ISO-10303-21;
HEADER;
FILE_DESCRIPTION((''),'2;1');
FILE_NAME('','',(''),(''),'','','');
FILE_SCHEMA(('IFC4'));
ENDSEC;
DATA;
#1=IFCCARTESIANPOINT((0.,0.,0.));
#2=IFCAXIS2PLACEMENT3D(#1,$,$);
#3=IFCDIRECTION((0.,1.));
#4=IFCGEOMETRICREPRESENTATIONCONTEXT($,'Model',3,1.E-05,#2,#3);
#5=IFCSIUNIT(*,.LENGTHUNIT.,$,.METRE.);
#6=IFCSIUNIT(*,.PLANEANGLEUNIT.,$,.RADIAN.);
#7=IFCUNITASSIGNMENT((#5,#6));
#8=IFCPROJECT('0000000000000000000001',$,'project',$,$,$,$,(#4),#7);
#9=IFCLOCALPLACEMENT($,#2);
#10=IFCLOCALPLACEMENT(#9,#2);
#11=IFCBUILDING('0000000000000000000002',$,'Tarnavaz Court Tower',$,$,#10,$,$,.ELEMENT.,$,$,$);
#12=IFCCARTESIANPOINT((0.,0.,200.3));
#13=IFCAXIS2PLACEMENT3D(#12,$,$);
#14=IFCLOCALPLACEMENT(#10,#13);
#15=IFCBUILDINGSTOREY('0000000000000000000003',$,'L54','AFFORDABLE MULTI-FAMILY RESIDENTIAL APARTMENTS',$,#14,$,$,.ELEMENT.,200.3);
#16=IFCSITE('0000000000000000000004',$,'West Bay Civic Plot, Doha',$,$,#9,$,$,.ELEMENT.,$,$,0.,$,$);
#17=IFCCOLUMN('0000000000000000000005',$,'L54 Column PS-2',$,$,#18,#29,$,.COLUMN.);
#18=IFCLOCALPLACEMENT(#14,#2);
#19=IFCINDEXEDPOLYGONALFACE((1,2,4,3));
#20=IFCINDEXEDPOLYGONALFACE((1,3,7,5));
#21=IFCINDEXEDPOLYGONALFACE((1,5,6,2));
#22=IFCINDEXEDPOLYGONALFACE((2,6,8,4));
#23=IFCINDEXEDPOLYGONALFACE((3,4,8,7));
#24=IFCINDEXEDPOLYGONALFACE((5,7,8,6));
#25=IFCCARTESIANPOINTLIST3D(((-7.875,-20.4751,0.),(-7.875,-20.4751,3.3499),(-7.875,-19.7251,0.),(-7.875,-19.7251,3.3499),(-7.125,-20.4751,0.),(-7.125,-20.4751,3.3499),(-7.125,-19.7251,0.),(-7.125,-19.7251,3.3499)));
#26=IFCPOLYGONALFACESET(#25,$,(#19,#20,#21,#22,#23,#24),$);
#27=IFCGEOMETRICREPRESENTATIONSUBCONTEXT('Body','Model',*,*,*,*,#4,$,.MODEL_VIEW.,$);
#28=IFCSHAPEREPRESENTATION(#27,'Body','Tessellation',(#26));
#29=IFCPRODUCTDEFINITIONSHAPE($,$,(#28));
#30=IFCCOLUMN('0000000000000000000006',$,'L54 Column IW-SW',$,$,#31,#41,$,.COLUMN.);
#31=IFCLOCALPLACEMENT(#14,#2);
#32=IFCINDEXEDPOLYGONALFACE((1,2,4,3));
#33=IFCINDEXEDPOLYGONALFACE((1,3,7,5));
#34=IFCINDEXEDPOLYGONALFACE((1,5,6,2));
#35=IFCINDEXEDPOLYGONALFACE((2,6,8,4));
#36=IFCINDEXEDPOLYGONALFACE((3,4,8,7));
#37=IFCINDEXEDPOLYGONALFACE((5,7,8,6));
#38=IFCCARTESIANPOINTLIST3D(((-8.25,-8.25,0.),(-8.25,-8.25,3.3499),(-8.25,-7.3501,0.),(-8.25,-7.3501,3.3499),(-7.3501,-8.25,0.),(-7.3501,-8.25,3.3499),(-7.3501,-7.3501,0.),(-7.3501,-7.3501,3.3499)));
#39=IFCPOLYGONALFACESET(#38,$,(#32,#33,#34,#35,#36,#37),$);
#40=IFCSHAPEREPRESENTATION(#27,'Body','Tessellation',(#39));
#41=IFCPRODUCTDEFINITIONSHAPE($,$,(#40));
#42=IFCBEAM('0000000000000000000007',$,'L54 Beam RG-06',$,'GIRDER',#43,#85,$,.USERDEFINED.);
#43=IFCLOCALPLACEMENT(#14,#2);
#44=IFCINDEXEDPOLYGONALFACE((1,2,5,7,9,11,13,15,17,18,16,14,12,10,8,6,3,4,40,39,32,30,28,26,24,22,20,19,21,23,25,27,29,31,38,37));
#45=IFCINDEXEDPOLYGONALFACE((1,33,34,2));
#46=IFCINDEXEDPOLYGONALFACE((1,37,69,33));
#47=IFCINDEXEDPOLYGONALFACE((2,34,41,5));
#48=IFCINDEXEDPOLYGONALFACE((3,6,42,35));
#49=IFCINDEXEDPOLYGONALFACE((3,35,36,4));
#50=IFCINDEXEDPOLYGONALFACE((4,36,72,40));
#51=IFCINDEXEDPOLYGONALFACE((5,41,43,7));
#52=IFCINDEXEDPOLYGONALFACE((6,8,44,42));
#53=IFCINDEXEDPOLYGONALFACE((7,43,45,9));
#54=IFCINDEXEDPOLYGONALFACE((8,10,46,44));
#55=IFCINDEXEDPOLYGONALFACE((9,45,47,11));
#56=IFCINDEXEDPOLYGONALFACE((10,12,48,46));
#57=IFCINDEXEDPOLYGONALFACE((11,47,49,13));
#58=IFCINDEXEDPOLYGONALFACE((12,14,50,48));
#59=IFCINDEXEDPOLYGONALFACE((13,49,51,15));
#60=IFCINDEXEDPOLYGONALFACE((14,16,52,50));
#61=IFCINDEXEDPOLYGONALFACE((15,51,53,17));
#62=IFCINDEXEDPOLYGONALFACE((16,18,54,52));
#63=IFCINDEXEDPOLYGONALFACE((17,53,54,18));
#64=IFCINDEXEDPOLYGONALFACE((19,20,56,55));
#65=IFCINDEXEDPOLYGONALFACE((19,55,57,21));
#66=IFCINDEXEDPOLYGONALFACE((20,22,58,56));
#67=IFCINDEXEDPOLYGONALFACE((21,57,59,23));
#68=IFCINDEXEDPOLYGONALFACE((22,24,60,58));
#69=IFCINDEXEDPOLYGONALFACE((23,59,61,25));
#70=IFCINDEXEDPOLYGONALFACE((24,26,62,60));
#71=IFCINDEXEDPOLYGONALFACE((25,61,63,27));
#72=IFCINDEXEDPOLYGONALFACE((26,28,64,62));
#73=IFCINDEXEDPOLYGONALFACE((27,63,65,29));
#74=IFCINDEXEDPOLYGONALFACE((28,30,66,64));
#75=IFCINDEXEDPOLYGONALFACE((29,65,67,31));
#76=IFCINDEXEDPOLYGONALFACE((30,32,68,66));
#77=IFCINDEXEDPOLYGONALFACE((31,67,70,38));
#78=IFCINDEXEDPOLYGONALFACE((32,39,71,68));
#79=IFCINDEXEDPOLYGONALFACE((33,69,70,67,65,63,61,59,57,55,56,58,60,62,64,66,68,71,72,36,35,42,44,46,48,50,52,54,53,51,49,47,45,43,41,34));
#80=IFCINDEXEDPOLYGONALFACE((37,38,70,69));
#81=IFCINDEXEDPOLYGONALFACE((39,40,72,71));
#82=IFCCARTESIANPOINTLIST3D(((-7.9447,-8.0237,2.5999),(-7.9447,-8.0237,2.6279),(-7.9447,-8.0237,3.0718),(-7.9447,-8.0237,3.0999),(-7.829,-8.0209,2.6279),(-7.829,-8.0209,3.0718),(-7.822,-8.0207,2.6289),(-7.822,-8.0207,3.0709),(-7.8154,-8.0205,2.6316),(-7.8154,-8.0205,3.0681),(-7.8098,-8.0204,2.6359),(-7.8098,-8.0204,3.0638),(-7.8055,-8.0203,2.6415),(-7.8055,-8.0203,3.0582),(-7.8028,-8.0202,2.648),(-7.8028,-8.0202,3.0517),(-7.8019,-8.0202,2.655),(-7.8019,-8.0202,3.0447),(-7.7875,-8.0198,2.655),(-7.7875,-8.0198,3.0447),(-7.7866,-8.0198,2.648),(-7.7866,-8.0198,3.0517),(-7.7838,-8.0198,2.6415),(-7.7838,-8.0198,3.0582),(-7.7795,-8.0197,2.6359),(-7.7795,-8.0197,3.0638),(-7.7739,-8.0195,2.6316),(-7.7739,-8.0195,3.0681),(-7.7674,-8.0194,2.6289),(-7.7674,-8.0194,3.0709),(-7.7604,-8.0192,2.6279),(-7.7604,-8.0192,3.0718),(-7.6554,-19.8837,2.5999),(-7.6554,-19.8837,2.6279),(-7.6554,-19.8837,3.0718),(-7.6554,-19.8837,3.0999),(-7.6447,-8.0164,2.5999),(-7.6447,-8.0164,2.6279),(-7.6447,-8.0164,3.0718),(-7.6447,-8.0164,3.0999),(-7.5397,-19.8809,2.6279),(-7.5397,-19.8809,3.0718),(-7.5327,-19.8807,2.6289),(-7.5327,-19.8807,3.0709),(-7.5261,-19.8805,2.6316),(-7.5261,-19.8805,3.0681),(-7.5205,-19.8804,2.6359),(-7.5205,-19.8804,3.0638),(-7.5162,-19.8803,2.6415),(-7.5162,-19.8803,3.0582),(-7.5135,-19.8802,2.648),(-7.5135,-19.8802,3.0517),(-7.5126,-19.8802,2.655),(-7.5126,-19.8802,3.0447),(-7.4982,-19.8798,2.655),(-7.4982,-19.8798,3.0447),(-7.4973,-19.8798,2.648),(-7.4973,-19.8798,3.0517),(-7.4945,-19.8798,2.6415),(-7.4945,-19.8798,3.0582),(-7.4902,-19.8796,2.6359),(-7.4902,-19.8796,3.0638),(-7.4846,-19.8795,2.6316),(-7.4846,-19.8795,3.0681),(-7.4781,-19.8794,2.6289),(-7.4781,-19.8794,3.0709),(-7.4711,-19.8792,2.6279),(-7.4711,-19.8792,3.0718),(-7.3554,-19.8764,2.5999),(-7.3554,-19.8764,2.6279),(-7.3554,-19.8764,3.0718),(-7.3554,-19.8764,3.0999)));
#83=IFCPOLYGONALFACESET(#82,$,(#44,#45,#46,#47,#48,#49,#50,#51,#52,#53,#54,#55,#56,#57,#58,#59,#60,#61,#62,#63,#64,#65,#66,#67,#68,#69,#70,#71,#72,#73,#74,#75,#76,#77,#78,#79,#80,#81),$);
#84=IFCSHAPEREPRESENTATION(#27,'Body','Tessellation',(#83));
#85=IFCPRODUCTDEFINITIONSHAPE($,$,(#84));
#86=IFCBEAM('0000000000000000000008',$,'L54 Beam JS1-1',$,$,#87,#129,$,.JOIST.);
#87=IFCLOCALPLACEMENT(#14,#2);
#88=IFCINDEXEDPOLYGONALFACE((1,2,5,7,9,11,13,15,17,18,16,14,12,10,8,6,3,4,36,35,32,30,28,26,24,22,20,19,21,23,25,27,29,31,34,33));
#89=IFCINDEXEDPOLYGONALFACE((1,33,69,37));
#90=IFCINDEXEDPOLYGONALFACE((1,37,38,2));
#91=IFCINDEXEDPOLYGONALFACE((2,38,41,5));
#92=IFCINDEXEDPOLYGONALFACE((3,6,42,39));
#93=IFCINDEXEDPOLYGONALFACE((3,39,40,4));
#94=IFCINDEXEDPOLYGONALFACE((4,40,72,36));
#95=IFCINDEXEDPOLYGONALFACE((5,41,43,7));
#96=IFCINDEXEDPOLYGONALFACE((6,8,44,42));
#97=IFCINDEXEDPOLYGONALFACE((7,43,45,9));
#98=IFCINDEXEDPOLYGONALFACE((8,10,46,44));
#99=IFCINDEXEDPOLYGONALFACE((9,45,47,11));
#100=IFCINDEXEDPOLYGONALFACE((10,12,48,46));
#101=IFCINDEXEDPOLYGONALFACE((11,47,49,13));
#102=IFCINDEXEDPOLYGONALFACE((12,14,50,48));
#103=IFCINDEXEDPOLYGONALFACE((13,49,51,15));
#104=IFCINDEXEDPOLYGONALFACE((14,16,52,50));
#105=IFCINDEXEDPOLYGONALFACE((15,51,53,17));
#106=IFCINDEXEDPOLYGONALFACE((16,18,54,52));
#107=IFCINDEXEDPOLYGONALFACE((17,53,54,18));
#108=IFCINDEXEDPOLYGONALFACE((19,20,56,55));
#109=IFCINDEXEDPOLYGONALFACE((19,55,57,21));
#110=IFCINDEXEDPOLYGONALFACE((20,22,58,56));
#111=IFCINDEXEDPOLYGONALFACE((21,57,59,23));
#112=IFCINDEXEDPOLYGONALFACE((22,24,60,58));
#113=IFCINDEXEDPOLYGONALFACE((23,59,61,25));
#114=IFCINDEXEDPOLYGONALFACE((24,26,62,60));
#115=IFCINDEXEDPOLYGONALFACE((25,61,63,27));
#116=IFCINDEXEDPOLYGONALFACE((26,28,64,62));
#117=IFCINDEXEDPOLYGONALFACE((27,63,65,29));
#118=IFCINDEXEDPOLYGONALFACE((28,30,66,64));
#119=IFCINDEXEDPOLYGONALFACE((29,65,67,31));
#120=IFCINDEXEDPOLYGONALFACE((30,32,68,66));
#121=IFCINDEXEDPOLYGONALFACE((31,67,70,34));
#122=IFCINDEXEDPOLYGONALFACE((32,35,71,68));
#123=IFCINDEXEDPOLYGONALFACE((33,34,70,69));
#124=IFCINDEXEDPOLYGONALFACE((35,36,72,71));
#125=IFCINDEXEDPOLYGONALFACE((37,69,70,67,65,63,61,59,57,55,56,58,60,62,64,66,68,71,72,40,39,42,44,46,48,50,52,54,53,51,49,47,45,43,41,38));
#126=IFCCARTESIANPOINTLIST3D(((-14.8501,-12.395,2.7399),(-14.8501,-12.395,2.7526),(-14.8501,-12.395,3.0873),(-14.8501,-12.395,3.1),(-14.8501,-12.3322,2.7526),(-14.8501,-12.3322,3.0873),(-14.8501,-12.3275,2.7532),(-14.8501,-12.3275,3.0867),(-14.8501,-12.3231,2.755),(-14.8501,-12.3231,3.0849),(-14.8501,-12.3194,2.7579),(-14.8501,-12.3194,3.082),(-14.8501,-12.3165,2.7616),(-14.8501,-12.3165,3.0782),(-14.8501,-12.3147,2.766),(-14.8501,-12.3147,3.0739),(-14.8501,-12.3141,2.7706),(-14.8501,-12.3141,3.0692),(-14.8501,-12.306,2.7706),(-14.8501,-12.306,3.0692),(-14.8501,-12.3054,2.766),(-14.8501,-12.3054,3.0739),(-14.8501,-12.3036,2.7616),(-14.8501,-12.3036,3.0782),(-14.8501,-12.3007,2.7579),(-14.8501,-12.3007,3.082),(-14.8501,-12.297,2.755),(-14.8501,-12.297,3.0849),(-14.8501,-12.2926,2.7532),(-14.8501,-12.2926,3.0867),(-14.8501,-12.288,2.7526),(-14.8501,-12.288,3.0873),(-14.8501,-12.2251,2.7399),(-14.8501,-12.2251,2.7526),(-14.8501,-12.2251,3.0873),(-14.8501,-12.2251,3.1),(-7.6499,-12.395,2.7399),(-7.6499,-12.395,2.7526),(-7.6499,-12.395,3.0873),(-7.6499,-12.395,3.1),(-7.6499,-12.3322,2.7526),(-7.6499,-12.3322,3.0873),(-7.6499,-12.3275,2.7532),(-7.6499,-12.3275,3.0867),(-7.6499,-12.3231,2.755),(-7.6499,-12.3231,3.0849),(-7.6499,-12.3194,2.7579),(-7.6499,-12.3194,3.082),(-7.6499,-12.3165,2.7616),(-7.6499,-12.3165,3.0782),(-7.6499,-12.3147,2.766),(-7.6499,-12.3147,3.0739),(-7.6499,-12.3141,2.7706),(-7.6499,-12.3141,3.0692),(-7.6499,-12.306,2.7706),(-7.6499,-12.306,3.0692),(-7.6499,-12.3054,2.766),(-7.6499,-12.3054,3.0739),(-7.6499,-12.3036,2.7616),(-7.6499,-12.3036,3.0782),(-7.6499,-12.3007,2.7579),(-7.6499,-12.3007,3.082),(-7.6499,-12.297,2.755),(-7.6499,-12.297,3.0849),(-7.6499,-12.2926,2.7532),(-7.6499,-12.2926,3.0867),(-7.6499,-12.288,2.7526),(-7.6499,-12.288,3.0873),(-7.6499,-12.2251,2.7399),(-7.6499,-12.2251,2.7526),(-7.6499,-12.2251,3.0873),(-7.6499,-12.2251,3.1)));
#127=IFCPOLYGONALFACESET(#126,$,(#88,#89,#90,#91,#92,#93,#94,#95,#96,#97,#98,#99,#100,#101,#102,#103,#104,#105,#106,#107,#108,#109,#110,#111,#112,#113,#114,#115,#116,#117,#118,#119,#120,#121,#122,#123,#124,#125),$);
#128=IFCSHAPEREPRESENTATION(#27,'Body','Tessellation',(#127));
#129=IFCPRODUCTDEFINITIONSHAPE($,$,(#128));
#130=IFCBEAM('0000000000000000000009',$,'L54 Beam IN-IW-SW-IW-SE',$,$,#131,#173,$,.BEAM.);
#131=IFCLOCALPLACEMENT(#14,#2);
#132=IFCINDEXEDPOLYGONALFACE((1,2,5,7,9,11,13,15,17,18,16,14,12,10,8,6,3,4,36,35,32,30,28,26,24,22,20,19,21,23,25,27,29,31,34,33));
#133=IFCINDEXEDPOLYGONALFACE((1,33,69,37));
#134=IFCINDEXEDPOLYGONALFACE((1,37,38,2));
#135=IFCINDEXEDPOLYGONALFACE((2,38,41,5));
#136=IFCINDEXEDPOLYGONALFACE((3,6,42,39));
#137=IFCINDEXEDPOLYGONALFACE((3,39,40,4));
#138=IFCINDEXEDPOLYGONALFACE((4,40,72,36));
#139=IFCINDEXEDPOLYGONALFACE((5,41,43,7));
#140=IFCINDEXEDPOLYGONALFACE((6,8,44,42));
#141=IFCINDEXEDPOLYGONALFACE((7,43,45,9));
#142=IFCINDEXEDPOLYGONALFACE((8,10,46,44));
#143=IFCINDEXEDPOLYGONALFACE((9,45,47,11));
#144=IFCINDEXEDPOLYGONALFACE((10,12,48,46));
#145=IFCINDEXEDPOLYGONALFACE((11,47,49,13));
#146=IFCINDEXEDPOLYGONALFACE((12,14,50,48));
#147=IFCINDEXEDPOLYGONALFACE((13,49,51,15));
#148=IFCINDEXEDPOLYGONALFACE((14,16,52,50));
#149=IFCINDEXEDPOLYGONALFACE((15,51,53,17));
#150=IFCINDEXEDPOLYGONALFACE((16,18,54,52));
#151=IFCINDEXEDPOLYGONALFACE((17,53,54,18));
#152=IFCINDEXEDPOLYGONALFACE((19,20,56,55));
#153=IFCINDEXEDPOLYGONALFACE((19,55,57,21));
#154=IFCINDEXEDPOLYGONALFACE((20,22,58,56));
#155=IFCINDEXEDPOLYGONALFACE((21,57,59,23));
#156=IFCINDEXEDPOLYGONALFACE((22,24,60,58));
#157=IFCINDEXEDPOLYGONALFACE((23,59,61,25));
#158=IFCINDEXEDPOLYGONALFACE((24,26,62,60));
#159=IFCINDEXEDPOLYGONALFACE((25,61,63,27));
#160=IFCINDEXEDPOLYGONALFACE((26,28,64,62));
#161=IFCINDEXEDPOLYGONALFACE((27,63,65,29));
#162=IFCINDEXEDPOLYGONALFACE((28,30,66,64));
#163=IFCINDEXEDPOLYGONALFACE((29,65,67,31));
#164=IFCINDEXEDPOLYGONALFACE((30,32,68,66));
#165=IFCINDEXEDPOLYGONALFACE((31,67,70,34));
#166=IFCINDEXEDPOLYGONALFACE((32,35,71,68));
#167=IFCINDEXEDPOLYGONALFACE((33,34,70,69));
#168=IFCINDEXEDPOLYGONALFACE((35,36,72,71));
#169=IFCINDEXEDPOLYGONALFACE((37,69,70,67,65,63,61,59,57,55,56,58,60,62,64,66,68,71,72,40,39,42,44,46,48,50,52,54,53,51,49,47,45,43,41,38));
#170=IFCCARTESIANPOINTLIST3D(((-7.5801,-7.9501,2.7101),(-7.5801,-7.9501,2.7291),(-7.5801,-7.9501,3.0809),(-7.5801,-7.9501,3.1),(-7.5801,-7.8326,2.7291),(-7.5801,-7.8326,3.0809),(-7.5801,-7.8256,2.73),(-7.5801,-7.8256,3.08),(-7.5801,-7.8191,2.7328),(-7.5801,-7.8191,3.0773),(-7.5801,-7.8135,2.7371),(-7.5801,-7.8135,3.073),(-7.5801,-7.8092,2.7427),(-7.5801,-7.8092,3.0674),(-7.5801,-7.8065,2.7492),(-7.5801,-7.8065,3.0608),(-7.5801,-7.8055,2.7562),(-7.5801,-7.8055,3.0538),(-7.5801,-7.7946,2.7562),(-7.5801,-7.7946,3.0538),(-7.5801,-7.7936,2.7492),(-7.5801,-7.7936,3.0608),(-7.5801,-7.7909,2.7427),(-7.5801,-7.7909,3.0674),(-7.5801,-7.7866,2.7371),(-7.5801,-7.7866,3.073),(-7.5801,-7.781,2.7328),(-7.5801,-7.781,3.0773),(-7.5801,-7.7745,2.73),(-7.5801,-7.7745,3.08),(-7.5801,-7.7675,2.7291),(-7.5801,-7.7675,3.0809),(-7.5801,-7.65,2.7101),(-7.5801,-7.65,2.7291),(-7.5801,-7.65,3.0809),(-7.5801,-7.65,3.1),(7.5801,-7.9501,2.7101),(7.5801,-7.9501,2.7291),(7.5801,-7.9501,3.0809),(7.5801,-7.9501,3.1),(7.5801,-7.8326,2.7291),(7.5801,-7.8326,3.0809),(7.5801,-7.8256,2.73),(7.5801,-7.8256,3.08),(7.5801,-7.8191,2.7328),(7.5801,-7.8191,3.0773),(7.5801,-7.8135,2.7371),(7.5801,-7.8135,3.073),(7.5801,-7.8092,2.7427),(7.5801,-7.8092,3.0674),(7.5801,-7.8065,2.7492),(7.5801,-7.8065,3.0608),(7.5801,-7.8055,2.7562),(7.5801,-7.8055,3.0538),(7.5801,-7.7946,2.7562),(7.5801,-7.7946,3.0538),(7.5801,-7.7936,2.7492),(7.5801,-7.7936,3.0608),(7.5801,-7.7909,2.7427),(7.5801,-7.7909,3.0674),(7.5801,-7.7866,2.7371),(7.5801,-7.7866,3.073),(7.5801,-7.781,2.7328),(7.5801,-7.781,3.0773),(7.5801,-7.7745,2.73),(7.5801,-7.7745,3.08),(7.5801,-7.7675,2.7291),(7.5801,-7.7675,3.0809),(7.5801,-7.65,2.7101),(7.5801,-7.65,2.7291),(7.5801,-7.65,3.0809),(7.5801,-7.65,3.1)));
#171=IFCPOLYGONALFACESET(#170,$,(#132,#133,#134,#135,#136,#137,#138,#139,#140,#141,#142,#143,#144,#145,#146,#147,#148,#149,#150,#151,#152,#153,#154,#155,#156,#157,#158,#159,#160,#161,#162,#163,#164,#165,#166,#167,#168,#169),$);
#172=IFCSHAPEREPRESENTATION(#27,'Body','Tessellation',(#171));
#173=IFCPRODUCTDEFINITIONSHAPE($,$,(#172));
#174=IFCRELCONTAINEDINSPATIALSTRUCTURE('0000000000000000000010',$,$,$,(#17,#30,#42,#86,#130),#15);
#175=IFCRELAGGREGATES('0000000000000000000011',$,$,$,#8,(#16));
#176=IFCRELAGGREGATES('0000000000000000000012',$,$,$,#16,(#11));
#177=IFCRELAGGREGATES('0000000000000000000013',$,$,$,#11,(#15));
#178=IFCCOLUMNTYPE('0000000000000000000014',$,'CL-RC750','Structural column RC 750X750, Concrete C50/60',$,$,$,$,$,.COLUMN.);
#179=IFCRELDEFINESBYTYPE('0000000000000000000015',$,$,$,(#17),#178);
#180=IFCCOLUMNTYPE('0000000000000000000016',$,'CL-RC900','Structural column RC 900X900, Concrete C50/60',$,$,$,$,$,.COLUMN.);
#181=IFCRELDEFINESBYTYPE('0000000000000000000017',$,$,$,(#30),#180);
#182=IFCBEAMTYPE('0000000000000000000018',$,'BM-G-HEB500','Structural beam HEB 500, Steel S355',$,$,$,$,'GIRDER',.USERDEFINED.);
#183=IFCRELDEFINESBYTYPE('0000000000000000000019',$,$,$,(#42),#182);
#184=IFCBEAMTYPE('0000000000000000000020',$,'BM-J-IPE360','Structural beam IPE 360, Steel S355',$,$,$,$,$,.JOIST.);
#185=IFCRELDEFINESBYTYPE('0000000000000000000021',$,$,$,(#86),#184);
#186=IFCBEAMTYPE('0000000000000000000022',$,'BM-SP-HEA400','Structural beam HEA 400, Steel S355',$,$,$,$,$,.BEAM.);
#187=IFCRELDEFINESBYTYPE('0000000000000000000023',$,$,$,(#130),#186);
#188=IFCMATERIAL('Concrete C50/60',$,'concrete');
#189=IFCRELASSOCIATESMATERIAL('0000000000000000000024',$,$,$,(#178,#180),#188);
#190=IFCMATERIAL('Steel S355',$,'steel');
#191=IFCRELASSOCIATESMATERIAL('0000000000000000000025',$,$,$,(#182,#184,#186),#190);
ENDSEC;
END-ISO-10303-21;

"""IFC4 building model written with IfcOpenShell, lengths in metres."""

from ifc_helpers import new_model, si_unit, direction, frame, origin, origin_2d, place, context, subcontext, project, spatial, rectangle, i_section, extrude, material, material_profile, profile_set, type_object, element, save


model = new_model("IFC4")

# Units and contexts
model_context = context("Model", 3, precision=1e-05, world=origin(), true_north=direction((0.0, 1.0)))
body_context = subcontext(model_context, "Body", "Model", "MODEL_VIEW")
ifc_project = project(units=[si_unit("LENGTHUNIT", "METRE"), si_unit("PLANEANGLEUNIT", "RADIAN")], contexts=[model_context])

# Site, building, storey
site_placement = place(None, origin())
site = spatial("IfcSite", under=ifc_project, at=site_placement, Name="West Bay Civic Plot, Doha", CompositionType="ELEMENT", RefElevation=0.0)
building_placement = place(site_placement, origin())
building = spatial("IfcBuilding", under=site, at=building_placement, Name="Tarnavaz Court Tower", CompositionType="ELEMENT")
storey_placement = place(building_placement, frame((0.0, 0.0, 200.3)))
storey = spatial("IfcBuildingStorey", under=building, at=storey_placement, Name="L54", Description="AFFORDABLE MULTI-FAMILY RESIDENTIAL APARTMENTS", CompositionType="ELEMENT", Elevation=200.3)

# Columns
ifc_material_1 = material(Name="Concrete C50/60", Category="concrete")
ifc_material_profile_1 = material_profile(ifc_material_1, rectangle(XDim=0.75, YDim=0.75, at=origin_2d()), Name="RC 750X750")
ifc_profile_set_1 = profile_set([ifc_material_profile_1], Name="Concrete C50/60")
column_type_1 = type_object("IfcColumnType", Name="CL-RC750", Description="Structural column RC 750X750, Concrete C50/60", PredefinedType="COLUMN", material=ifc_profile_set_1)
column_1_placement = place(storey_placement, frame((-7.5, -20.1001, 0.0), z_axis=(0.0, 0.0, 1.0), x_axis=(1.0, 0.0, 0.0)))
element("IfcColumn", 1, at=column_1_placement, inside=storey, type_object=column_type_1, Name="L54 Column PS-2", PredefinedType="COLUMN", context=body_context, shape_type="SweptSolid", body=[
    extrude(rectangle(XDim=0.75, YDim=0.75, at=origin_2d()), origin(), (0.0, 0.0, 1.0), 3.3499),
])
ifc_material_profile_2 = material_profile(ifc_material_1, rectangle(XDim=0.8999, YDim=0.8999, at=origin_2d()), Name="RC 900X900")
ifc_profile_set_2 = profile_set([ifc_material_profile_2], Name="Concrete C50/60")
column_type_2 = type_object("IfcColumnType", Name="CL-RC900", Description="Structural column RC 900X900, Concrete C50/60", PredefinedType="COLUMN", material=ifc_profile_set_2)
column_2_placement = place(storey_placement, frame((-7.8, -7.8, 0.0), z_axis=(0.0, 0.0, 1.0), x_axis=(1.0, 0.0, 0.0)))
element("IfcColumn", 2, at=column_2_placement, inside=storey, type_object=column_type_2, Name="L54 Column IW-SW", PredefinedType="COLUMN", context=body_context, shape_type="SweptSolid", body=[
    extrude(rectangle(XDim=0.8999, YDim=0.8999, at=origin_2d()), origin(), (0.0, 0.0, 1.0), 3.3499),
])

# Beams
ifc_material_2 = material(Name="Steel S355", Category="steel")
ifc_material_profile_3 = material_profile(ifc_material_2, i_section(OverallWidth=0.3, OverallDepth=0.5, WebThickness=0.0144, FlangeThickness=0.0281, FilletRadius=0.0271, at=origin_2d()), Name="HEB 500")
ifc_profile_set_3 = profile_set([ifc_material_profile_3], Name="Steel S355")
beam_type_1 = type_object("IfcBeamType", Name="BM-G-HEB500", Description="Structural beam HEB 500, Steel S355", ElementType="GIRDER", PredefinedType="USERDEFINED", material=ifc_profile_set_3)
beam_1_placement = place(storey_placement, frame((-7.7947, -8.02, 2.8499), z_axis=(0.024386, -0.999703, 0.0), x_axis=(0.999703, 0.024386, 0.0)))
element("IfcBeam", 3, at=beam_1_placement, inside=storey, type_object=beam_type_1, Name="L54 Beam RG-06", ObjectType="GIRDER", PredefinedType="USERDEFINED", context=body_context, shape_type="SweptSolid", body=[
    extrude(i_section(OverallWidth=0.3, OverallDepth=0.5, WebThickness=0.0144, FlangeThickness=0.0281, FilletRadius=0.0271, at=origin_2d()), origin(), (0.0, 0.0, 1.0), 11.8635),
])
ifc_material_profile_4 = material_profile(ifc_material_2, i_section(OverallWidth=0.1699, OverallDepth=0.3601, WebThickness=0.0081, FlangeThickness=0.0127, FilletRadius=0.0181, at=origin_2d()), Name="IPE 360")
ifc_profile_set_4 = profile_set([ifc_material_profile_4], Name="Steel S355")
beam_type_2 = type_object("IfcBeamType", Name="BM-J-IPE360", Description="Structural beam IPE 360, Steel S355", PredefinedType="JOIST", material=ifc_profile_set_4)
beam_2_placement = place(storey_placement, frame((-14.8501, -12.3101, 2.9199), z_axis=(1.0, 0.0, 0.0), x_axis=(0.0, 1.0, 0.0)))
element("IfcBeam", 4, at=beam_2_placement, inside=storey, type_object=beam_type_2, Name="L54 Beam JS1-1", PredefinedType="JOIST", context=body_context, shape_type="SweptSolid", body=[
    extrude(i_section(OverallWidth=0.1699, OverallDepth=0.3601, WebThickness=0.0081, FlangeThickness=0.0127, FilletRadius=0.0181, at=origin_2d()), origin(), (0.0, 0.0, 1.0), 7.2002),
])
ifc_material_profile_5 = material_profile(ifc_material_2, i_section(OverallWidth=0.3, OverallDepth=0.3899, WebThickness=0.011, FlangeThickness=0.019, FilletRadius=0.0271, at=origin_2d()), Name="HEA 400")
ifc_profile_set_5 = profile_set([ifc_material_profile_5], Name="Steel S355")
beam_type_3 = type_object("IfcBeamType", Name="BM-SP-HEA400", Description="Structural beam HEA 400, Steel S355", PredefinedType="BEAM", material=ifc_profile_set_5)
for number, where, z_axis, x_axis, name in (
    (5, (-7.5801, -7.8, 2.905), (1.0, 0.0, 0.0), (0.0, 1.0, 0.0), "L54 Beam IN-IW-SW-IW-SE"),
):
    element("IfcBeam", number, at=place(storey_placement, frame(where, z_axis=z_axis, x_axis=x_axis)), inside=storey, type_object=beam_type_3, Name=name, PredefinedType="BEAM", context=body_context, shape_type="SweptSolid", body=[
        extrude(i_section(OverallWidth=0.3, OverallDepth=0.3899, WebThickness=0.011, FlangeThickness=0.019, FilletRadius=0.0271, at=origin_2d()), origin(), (0.0, 0.0, 1.0), 15.1602),
    ])

save(model, "model.ifc")
